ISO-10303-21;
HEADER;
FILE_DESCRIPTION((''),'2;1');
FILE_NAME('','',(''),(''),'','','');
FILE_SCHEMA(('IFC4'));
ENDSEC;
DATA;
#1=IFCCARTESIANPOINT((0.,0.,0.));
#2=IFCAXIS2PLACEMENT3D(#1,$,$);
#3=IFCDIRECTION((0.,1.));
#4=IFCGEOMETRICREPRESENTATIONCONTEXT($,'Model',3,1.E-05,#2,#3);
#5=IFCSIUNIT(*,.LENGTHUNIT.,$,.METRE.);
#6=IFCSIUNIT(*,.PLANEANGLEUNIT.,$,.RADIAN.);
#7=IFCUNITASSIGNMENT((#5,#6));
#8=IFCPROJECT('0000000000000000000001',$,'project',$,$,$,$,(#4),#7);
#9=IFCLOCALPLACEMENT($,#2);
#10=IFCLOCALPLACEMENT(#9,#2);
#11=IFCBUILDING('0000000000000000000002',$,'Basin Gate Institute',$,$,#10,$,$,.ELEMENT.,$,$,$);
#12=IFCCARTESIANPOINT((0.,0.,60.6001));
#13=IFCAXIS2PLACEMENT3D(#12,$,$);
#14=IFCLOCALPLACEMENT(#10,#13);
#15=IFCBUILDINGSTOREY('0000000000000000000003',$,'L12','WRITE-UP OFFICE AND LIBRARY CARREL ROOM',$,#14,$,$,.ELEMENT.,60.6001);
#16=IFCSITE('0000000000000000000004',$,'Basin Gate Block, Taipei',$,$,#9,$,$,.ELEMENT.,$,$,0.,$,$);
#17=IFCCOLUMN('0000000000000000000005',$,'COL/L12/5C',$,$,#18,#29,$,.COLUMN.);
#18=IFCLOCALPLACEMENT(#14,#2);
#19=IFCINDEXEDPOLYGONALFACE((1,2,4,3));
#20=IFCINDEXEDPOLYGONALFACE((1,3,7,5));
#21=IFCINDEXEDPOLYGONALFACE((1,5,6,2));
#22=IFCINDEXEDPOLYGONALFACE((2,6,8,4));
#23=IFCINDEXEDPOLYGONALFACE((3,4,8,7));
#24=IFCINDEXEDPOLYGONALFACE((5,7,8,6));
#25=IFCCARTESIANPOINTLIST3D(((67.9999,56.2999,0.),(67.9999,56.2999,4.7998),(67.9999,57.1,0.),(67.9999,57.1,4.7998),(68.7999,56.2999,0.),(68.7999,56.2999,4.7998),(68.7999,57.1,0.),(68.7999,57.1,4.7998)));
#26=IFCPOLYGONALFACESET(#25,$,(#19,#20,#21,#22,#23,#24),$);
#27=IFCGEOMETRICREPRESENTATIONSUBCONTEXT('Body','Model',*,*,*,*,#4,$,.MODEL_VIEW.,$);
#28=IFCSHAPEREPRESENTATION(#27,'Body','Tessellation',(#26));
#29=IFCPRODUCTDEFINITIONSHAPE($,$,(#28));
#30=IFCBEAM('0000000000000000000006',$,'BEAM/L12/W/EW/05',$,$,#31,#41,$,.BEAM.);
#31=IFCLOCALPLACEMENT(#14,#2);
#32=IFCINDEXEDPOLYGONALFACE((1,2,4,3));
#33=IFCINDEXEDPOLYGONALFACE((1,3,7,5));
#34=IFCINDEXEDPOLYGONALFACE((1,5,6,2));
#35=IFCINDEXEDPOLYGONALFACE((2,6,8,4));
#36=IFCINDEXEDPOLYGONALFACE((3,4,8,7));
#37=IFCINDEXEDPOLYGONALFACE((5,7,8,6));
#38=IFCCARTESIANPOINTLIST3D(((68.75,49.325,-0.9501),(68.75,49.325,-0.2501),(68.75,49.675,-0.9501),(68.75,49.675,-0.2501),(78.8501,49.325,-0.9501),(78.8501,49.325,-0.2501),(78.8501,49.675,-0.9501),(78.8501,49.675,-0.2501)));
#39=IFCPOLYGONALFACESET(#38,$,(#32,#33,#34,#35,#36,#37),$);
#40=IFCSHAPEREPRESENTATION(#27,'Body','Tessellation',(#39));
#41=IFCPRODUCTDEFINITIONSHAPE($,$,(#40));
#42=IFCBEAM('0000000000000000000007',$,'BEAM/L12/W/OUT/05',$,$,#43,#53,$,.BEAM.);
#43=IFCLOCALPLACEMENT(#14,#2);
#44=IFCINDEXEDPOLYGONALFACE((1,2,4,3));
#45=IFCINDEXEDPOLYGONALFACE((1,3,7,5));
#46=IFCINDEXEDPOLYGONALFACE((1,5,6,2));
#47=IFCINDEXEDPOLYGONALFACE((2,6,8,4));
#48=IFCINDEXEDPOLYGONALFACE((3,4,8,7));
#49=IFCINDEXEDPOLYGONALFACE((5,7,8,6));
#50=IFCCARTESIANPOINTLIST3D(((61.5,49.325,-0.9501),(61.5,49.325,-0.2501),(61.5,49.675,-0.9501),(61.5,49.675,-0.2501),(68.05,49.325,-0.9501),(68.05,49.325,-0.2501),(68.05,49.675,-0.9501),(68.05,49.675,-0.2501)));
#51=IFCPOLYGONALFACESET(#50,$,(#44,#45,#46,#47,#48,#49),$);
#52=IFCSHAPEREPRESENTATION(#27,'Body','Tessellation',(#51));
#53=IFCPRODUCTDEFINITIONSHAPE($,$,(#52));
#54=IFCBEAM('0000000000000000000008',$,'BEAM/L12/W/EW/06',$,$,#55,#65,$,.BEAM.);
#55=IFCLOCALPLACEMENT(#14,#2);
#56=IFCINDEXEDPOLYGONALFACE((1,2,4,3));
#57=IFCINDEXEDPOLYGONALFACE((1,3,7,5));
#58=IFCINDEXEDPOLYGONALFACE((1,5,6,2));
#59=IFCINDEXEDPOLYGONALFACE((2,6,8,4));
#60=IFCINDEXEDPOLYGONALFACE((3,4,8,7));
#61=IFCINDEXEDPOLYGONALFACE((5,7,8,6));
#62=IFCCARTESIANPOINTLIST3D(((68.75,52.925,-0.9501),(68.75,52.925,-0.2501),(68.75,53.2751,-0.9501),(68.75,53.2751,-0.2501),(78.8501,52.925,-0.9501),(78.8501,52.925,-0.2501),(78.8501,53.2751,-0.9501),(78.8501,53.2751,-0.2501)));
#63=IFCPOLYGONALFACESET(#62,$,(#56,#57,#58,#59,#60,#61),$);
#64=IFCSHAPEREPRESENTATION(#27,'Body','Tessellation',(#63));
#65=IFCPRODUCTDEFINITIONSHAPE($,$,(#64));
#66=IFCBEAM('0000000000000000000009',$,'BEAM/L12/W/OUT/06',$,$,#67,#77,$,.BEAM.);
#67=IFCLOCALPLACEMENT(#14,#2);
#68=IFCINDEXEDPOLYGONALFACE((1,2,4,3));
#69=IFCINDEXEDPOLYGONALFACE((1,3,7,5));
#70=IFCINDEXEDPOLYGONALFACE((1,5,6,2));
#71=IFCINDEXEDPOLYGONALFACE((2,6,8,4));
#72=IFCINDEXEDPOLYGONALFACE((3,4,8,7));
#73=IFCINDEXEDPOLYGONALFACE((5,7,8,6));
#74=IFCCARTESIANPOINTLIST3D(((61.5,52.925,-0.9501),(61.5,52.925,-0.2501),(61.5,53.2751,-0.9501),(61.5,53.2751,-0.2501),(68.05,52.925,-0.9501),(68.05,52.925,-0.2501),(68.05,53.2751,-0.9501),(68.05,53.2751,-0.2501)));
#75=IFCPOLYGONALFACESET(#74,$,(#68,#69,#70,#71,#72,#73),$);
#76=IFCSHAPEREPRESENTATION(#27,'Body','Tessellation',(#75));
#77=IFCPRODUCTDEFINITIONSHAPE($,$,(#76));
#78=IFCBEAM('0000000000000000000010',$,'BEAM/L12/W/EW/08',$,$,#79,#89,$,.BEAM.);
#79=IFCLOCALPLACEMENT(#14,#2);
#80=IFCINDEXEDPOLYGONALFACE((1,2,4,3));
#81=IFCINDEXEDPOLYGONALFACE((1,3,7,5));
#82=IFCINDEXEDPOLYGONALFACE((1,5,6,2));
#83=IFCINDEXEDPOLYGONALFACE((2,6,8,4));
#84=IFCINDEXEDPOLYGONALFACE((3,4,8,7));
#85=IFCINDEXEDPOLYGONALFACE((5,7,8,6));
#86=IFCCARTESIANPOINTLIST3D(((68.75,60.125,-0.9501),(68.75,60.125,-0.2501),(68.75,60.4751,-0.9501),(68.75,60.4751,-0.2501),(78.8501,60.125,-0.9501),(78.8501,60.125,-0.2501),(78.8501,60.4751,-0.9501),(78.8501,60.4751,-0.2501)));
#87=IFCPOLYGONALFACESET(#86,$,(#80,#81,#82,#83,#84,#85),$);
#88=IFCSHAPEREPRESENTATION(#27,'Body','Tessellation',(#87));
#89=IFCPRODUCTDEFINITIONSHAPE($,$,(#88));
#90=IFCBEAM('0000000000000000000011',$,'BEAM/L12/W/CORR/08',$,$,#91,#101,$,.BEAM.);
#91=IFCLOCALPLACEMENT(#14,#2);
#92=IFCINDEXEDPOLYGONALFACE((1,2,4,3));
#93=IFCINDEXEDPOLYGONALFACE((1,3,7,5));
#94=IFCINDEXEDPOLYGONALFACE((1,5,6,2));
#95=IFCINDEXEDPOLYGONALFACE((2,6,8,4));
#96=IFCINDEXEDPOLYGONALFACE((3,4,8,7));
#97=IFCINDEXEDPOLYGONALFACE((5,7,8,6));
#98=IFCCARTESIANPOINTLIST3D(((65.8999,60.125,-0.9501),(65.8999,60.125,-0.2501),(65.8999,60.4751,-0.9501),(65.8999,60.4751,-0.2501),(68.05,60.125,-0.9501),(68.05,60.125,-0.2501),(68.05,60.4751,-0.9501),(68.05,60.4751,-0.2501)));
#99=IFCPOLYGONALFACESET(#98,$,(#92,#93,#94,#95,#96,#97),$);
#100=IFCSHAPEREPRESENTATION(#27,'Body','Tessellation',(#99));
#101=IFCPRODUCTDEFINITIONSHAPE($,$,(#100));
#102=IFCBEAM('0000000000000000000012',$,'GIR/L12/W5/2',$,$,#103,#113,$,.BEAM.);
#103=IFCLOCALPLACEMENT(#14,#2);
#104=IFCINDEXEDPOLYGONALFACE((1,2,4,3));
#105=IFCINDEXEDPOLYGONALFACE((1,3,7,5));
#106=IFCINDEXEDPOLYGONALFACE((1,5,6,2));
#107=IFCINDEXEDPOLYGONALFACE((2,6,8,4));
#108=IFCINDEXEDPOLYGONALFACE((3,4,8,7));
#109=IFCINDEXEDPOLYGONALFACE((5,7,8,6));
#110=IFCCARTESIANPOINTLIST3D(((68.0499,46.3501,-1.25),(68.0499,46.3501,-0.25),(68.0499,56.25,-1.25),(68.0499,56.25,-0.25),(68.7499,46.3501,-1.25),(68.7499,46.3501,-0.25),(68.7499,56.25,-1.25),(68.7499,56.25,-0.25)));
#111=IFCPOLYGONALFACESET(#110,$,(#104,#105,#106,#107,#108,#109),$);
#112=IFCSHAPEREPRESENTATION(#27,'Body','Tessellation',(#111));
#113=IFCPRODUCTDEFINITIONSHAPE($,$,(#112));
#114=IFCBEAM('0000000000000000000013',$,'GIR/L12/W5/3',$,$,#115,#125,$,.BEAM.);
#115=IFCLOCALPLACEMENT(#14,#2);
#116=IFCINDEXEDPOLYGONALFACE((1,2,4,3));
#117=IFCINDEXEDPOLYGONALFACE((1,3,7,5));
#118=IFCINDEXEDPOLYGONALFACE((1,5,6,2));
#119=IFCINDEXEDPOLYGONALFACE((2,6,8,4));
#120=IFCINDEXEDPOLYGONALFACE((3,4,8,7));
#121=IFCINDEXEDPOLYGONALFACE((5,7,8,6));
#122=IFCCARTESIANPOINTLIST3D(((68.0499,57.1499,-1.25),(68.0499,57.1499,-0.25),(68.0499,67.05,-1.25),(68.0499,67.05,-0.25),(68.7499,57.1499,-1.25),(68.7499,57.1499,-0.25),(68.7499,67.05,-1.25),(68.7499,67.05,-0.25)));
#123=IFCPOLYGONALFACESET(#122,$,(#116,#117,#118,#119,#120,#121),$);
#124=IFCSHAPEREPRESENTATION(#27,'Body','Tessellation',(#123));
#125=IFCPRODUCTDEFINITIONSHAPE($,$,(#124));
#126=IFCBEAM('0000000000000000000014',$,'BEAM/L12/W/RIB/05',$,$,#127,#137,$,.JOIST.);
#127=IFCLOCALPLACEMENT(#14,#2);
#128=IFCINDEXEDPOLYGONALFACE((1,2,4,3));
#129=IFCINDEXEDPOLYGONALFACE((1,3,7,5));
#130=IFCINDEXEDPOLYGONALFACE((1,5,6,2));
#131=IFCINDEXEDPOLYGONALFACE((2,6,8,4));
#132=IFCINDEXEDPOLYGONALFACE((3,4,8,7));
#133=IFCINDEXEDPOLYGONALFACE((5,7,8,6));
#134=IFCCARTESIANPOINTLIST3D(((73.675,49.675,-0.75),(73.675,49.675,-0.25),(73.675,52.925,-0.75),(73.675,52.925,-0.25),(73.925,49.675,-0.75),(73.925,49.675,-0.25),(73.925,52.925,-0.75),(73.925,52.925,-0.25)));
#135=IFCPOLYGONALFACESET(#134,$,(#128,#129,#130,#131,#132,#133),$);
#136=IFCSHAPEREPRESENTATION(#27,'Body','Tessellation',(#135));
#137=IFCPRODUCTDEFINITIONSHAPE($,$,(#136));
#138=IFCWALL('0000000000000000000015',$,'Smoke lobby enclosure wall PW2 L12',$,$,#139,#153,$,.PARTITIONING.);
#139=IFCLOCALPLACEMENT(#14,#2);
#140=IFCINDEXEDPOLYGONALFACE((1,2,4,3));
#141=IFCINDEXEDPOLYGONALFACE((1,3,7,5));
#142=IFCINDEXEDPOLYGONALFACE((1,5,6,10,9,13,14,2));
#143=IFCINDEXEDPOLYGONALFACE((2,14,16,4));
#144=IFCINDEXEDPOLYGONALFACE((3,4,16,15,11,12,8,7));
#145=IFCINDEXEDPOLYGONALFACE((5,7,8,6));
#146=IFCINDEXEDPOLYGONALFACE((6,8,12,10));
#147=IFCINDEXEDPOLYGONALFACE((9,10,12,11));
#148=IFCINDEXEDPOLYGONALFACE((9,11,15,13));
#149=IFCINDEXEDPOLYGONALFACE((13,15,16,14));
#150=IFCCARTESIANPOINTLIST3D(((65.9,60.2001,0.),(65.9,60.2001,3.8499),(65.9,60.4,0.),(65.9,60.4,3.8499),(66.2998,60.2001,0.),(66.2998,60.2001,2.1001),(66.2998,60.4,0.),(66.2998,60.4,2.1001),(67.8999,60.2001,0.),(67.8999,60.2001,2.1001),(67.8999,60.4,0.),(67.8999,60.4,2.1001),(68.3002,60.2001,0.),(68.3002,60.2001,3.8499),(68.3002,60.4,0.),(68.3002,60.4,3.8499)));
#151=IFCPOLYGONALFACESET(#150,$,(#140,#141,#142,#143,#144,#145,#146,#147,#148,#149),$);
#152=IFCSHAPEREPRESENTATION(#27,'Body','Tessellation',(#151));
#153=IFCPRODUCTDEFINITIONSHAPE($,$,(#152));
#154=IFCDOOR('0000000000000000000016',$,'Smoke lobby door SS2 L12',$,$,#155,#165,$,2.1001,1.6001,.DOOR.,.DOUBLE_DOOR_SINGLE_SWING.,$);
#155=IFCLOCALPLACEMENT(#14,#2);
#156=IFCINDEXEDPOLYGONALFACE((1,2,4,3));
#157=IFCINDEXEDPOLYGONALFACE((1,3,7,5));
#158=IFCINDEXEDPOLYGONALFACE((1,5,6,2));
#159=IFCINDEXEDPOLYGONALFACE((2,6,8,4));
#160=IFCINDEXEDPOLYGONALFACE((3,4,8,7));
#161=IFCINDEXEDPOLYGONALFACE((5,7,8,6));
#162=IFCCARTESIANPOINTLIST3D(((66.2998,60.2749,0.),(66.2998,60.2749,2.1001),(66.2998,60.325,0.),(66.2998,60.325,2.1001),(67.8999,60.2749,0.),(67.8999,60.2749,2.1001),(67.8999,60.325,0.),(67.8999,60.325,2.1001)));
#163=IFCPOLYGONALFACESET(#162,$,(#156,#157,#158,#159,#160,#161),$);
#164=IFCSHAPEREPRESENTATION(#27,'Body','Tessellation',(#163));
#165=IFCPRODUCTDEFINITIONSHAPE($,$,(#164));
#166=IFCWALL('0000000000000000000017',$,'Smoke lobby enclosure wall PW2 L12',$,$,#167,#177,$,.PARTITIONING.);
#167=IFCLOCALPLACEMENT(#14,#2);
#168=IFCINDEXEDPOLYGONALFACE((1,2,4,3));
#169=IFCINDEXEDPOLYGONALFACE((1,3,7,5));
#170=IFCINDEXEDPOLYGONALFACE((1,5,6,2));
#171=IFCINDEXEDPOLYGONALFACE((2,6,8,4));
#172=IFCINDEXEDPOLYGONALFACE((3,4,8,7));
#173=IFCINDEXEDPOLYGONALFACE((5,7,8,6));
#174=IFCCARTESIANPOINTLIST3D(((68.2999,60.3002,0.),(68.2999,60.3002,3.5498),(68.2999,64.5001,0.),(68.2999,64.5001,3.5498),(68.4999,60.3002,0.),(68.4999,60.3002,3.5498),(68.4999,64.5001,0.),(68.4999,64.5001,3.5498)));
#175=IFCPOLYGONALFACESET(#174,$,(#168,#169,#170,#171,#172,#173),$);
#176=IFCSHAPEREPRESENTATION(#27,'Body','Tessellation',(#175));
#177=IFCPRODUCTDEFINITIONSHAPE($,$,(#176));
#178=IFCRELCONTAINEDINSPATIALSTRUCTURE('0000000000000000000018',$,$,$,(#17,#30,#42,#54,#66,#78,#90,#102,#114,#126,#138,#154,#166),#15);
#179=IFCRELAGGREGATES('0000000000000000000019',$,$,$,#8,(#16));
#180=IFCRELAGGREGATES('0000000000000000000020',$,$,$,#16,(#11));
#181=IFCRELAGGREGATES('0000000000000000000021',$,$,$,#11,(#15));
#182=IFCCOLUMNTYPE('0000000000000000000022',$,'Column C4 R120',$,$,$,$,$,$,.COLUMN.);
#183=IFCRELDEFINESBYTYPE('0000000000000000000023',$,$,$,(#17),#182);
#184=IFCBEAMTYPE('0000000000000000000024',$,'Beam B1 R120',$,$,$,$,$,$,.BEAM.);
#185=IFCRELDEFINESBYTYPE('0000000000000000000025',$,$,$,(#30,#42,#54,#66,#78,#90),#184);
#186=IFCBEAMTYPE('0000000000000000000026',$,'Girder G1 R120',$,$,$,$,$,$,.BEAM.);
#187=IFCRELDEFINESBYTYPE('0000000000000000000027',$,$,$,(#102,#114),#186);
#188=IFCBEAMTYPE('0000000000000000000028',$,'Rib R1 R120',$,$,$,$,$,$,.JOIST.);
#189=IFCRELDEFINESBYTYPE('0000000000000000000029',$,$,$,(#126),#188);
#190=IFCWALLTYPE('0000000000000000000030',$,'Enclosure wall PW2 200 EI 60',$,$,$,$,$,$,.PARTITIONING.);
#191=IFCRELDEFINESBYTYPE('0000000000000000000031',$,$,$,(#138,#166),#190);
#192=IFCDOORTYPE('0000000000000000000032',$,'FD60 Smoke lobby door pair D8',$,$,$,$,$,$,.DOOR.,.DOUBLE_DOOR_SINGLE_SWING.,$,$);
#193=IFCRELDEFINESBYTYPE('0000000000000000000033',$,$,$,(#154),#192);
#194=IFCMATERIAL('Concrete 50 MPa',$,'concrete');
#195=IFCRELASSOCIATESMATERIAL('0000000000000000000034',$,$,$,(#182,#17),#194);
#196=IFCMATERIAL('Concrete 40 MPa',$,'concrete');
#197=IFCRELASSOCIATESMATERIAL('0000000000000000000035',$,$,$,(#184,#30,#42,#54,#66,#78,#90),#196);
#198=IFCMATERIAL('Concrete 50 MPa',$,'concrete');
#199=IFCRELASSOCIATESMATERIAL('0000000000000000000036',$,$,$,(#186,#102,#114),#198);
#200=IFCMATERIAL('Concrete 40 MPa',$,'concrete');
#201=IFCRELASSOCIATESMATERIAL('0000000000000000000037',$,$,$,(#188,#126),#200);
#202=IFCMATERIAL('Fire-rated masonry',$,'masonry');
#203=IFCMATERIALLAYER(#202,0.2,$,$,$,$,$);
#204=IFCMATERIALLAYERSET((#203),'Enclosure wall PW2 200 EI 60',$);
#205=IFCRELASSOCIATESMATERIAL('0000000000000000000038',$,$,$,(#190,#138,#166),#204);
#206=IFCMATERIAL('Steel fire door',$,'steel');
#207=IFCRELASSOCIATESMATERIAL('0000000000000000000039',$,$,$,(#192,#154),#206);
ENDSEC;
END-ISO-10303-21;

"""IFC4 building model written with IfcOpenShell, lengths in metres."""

from ifc_helpers import new_model, si_unit, direction, frame, frame_2d, origin, origin_2d, place, context, subcontext, project, spatial, rectangle, extrude, material, layer, layer_set, material_profile, profile_set, type_object, element, fill, save


model = new_model("IFC4")

# Units and contexts
model_context = context("Model", 3, precision=1e-05, world=origin(), true_north=direction((0.0, 1.0)))
body_context = subcontext(model_context, "Body", "Model", "MODEL_VIEW")
ifc_project = project(units=[si_unit("LENGTHUNIT", "METRE"), si_unit("PLANEANGLEUNIT", "RADIAN")], contexts=[model_context])

# Site, building, storey
site_placement = place(None, origin())
site = spatial("IfcSite", under=ifc_project, at=site_placement, Name="Basin Gate Block, Taipei", CompositionType="ELEMENT", RefElevation=0.0)
building_placement = place(site_placement, origin())
building = spatial("IfcBuilding", under=site, at=building_placement, Name="Basin Gate Institute", CompositionType="ELEMENT")
storey_placement = place(building_placement, frame((0.0, 0.0, 60.6001)))
storey = spatial("IfcBuildingStorey", under=building, at=storey_placement, Name="L12", Description="WRITE-UP OFFICE AND LIBRARY CARREL ROOM", CompositionType="ELEMENT", Elevation=60.6001)

# Column
ifc_material_1 = material(Name="Concrete 50 MPa", Category="concrete")
ifc_material_profile_1 = material_profile(ifc_material_1, rectangle(XDim=0.8, YDim=0.8, at=origin_2d()), Name="Column C4 800 x 800")
ifc_profile_set_1 = profile_set([ifc_material_profile_1], Name="Concrete 50 MPa")
column_type = type_object("IfcColumnType", Name="Column C4 R120", PredefinedType="COLUMN", material=ifc_profile_set_1)
column_placement = place(storey_placement, frame((68.3999, 56.7, 0.0), z_axis=(0.0, 0.0, 1.0), x_axis=(1.0, 0.0, 0.0)))
element("IfcColumn", 1, at=column_placement, inside=storey, type_object=column_type, material=ifc_profile_set_1, Name="COL/L12/5C", PredefinedType="COLUMN", context=body_context, shape_type="SweptSolid", body=[
    extrude(rectangle(XDim=0.8, YDim=0.8, at=origin_2d()), origin(), (0.0, 0.0, 1.0), 4.7998),
])

# Beams
ifc_material_2 = material(Name="Concrete 40 MPa", Category="concrete")
ifc_material_profile_2 = material_profile(ifc_material_2, rectangle(XDim=0.3501, YDim=0.7, at=origin_2d()), Name="Beam B1 350 x 700")
ifc_profile_set_2 = profile_set([ifc_material_profile_2], Name="Concrete 40 MPa")
beam_type_1 = type_object("IfcBeamType", Name="Beam B1 R120", PredefinedType="BEAM", material=ifc_profile_set_2)
beam_1_placement = place(storey_placement, frame((68.75, 49.5, -0.6001), z_axis=(1.0, 0.0, 0.0), x_axis=(0.0, 1.0, 0.0)))
element("IfcBeam", 2, at=beam_1_placement, inside=storey, type_object=beam_type_1, material=ifc_profile_set_2, Name="BEAM/L12/W/EW/05", PredefinedType="BEAM", context=body_context, shape_type="SweptSolid", body=[
    extrude(rectangle(XDim=0.3501, YDim=0.7, at=origin_2d()), origin(), (0.0, 0.0, 1.0), 10.1001),
])
beam_2_placement = place(storey_placement, frame((61.5, 49.5, -0.6001), z_axis=(1.0, 0.0, 0.0), x_axis=(0.0, 1.0, 0.0)))
element("IfcBeam", 3, at=beam_2_placement, inside=storey, type_object=beam_type_1, material=ifc_profile_set_2, Name="BEAM/L12/W/OUT/05", PredefinedType="BEAM", context=body_context, shape_type="SweptSolid", body=[
    extrude(rectangle(XDim=0.3501, YDim=0.7, at=origin_2d()), origin(), (0.0, 0.0, 1.0), 6.55),
])
beam_3_placement = place(storey_placement, frame((68.75, 53.1001, -0.6001), z_axis=(1.0, 0.0, 0.0), x_axis=(0.0, 1.0, 0.0)))
element("IfcBeam", 4, at=beam_3_placement, inside=storey, type_object=beam_type_1, material=ifc_profile_set_2, Name="BEAM/L12/W/EW/06", PredefinedType="BEAM", context=body_context, shape_type="SweptSolid", body=[
    extrude(rectangle(XDim=0.3501, YDim=0.7, at=origin_2d()), origin(), (0.0, 0.0, 1.0), 10.1001),
])
beam_4_placement = place(storey_placement, frame((61.5, 53.1001, -0.6001), z_axis=(1.0, 0.0, 0.0), x_axis=(0.0, 1.0, 0.0)))
element("IfcBeam", 5, at=beam_4_placement, inside=storey, type_object=beam_type_1, material=ifc_profile_set_2, Name="BEAM/L12/W/OUT/06", PredefinedType="BEAM", context=body_context, shape_type="SweptSolid", body=[
    extrude(rectangle(XDim=0.3501, YDim=0.7, at=origin_2d()), origin(), (0.0, 0.0, 1.0), 6.55),
])
beam_5_placement = place(storey_placement, frame((68.75, 60.3, -0.6001), z_axis=(1.0, 0.0, 0.0), x_axis=(0.0, 1.0, 0.0)))
element("IfcBeam", 6, at=beam_5_placement, inside=storey, type_object=beam_type_1, material=ifc_profile_set_2, Name="BEAM/L12/W/EW/08", PredefinedType="BEAM", context=body_context, shape_type="SweptSolid", body=[
    extrude(rectangle(XDim=0.3501, YDim=0.7, at=origin_2d()), origin(), (0.0, 0.0, 1.0), 10.1001),
])
beam_6_placement = place(storey_placement, frame((65.8999, 60.3, -0.6001), z_axis=(1.0, 0.0, 0.0), x_axis=(0.0, 1.0, 0.0)))
element("IfcBeam", 7, at=beam_6_placement, inside=storey, type_object=beam_type_1, material=ifc_profile_set_2, Name="BEAM/L12/W/CORR/08", PredefinedType="BEAM", context=body_context, shape_type="SweptSolid", body=[
    extrude(rectangle(XDim=0.3501, YDim=0.7, at=origin_2d()), origin(), (0.0, 0.0, 1.0), 2.1501),
])
ifc_material_3 = material(Name="Concrete 50 MPa", Category="concrete")
ifc_material_profile_3 = material_profile(ifc_material_3, rectangle(XDim=0.7, YDim=1.0, at=origin_2d()), Name="Girder G1 700 x 1000")
ifc_profile_set_3 = profile_set([ifc_material_profile_3], Name="Concrete 50 MPa")
beam_type_2 = type_object("IfcBeamType", Name="Girder G1 R120", PredefinedType="BEAM", material=ifc_profile_set_3)
beam_7_placement = place(storey_placement, frame((68.3999, 46.3501, -0.75), z_axis=(0.0, 1.0, 0.0), x_axis=(-1.0, 0.0, 0.0)))
element("IfcBeam", 8, at=beam_7_placement, inside=storey, type_object=beam_type_2, material=ifc_profile_set_3, Name="GIR/L12/W5/2", PredefinedType="BEAM", context=body_context, shape_type="SweptSolid", body=[
    extrude(rectangle(XDim=0.7, YDim=1.0, at=origin_2d()), origin(), (0.0, 0.0, 1.0), 9.8999),
])
beam_8_placement = place(storey_placement, frame((68.3999, 57.1499, -0.75), z_axis=(0.0, 1.0, 0.0), x_axis=(-1.0, 0.0, 0.0)))
element("IfcBeam", 9, at=beam_8_placement, inside=storey, type_object=beam_type_2, material=ifc_profile_set_3, Name="GIR/L12/W5/3", PredefinedType="BEAM", context=body_context, shape_type="SweptSolid", body=[
    extrude(rectangle(XDim=0.7, YDim=1.0, at=origin_2d()), origin(), (0.0, 0.0, 1.0), 9.9001),
])
ifc_material_4 = material(Name="Concrete 40 MPa", Category="concrete")
ifc_material_profile_4 = material_profile(ifc_material_4, rectangle(XDim=0.25, YDim=0.5, at=origin_2d()), Name="Rib R1 250 x 500")
ifc_profile_set_4 = profile_set([ifc_material_profile_4], Name="Concrete 40 MPa")
beam_type_3 = type_object("IfcBeamType", Name="Rib R1 R120", PredefinedType="JOIST", material=ifc_profile_set_4)
beam_9_placement = place(storey_placement, frame((73.8, 49.675, -0.5), z_axis=(0.0, 1.0, 0.0), x_axis=(-1.0, 0.0, 0.0)))
element("IfcBeam", 10, at=beam_9_placement, inside=storey, type_object=beam_type_3, material=ifc_profile_set_4, Name="BEAM/L12/W/RIB/05", PredefinedType="JOIST", context=body_context, shape_type="SweptSolid", body=[
    extrude(rectangle(XDim=0.25, YDim=0.5, at=origin_2d()), origin(), (0.0, 0.0, 1.0), 3.25),
])

# Wall, opening, door
ifc_material_5 = material(Name="Fire-rated masonry", Category="masonry")
ifc_layer_1 = layer(ifc_material_5, 0.2)
ifc_layer_set_1 = layer_set([ifc_layer_1], Name="Enclosure wall PW2 200 EI 60")
wall_type_1 = type_object("IfcWallType", Name="Enclosure wall PW2 200 EI 60", PredefinedType="PARTITIONING", material=ifc_layer_set_1)
wall_1_placement = place(storey_placement, frame((65.8999, 60.3, 0.0), z_axis=(0.0, 0.0, 1.0), x_axis=(1.0, 0.0, 0.0)))
wall_1 = element("IfcWall", 11, at=wall_1_placement, inside=storey, type_object=wall_type_1, material=ifc_layer_set_1, Name="Smoke lobby enclosure wall PW2 L12", PredefinedType="PARTITIONING", context=body_context, shape_type="SweptSolid", body=[
    extrude(rectangle(XDim=2.4001, YDim=0.2, at=frame_2d((1.2002, 0.0))), origin(), (0.0, 0.0, 1.0), 3.8499),
])
opening_1_placement = place(wall_1_placement, frame((0.3999, 0.0, 0.0)))
opening_1 = element("IfcOpeningElement", 12, at=opening_1_placement, cuts=wall_1, PredefinedType="OPENING", context=body_context, shape_type="SweptSolid", body=[
    extrude(rectangle(XDim=1.6001, YDim=2.1001, at=frame_2d((0.8, 1.05))), frame((0.0, 0.1099, 0.0), z_axis=(0.0, -1.0, 0.0), x_axis=(1.0, 0.0, 0.0)), (0.0, 0.0, 1.0), 0.22),
])
ifc_material_6 = material(Name="Steel fire door", Category="steel")
door_type_1 = type_object("IfcDoorType", Name="FD60 Smoke lobby door pair D8", OperationType="DOUBLE_DOOR_SINGLE_SWING", PredefinedType="DOOR", material=ifc_material_6)
door_1_placement = place(opening_1_placement, origin())
door_1 = element("IfcDoor", 13, at=door_1_placement, inside=storey, type_object=door_type_1, material=ifc_material_6, Name="Smoke lobby door SS2 L12", OperationType="DOUBLE_DOOR_SINGLE_SWING", OverallHeight=2.1001, OverallWidth=1.6001, PredefinedType="DOOR", context=body_context, shape_type="SweptSolid", body=[
    extrude(rectangle(XDim=1.6001, YDim=2.1001, at=frame_2d((0.8, 1.05))), frame((0.0, 0.0249, 0.0), z_axis=(0.0, -1.0, 0.0), x_axis=(1.0, 0.0, 0.0)), (0.0, 0.0, 1.0), 0.05),
])
fill(opening_1, door_1)

# Wall
wall_2_placement = place(storey_placement, frame((68.3999, 60.3, 0.0), z_axis=(0.0, 0.0, 1.0), x_axis=(0.0, 1.0, 0.0)))
element("IfcWall", 14, at=wall_2_placement, inside=storey, type_object=wall_type_1, material=ifc_layer_set_1, Name="Smoke lobby enclosure wall PW2 L12", PredefinedType="PARTITIONING", context=body_context, shape_type="SweptSolid", body=[
    extrude(rectangle(XDim=4.2, YDim=0.2, at=frame_2d((2.1001, 0.0))), origin(), (0.0, 0.0, 1.0), 3.5498),
])

save(model, "model.ifc")
